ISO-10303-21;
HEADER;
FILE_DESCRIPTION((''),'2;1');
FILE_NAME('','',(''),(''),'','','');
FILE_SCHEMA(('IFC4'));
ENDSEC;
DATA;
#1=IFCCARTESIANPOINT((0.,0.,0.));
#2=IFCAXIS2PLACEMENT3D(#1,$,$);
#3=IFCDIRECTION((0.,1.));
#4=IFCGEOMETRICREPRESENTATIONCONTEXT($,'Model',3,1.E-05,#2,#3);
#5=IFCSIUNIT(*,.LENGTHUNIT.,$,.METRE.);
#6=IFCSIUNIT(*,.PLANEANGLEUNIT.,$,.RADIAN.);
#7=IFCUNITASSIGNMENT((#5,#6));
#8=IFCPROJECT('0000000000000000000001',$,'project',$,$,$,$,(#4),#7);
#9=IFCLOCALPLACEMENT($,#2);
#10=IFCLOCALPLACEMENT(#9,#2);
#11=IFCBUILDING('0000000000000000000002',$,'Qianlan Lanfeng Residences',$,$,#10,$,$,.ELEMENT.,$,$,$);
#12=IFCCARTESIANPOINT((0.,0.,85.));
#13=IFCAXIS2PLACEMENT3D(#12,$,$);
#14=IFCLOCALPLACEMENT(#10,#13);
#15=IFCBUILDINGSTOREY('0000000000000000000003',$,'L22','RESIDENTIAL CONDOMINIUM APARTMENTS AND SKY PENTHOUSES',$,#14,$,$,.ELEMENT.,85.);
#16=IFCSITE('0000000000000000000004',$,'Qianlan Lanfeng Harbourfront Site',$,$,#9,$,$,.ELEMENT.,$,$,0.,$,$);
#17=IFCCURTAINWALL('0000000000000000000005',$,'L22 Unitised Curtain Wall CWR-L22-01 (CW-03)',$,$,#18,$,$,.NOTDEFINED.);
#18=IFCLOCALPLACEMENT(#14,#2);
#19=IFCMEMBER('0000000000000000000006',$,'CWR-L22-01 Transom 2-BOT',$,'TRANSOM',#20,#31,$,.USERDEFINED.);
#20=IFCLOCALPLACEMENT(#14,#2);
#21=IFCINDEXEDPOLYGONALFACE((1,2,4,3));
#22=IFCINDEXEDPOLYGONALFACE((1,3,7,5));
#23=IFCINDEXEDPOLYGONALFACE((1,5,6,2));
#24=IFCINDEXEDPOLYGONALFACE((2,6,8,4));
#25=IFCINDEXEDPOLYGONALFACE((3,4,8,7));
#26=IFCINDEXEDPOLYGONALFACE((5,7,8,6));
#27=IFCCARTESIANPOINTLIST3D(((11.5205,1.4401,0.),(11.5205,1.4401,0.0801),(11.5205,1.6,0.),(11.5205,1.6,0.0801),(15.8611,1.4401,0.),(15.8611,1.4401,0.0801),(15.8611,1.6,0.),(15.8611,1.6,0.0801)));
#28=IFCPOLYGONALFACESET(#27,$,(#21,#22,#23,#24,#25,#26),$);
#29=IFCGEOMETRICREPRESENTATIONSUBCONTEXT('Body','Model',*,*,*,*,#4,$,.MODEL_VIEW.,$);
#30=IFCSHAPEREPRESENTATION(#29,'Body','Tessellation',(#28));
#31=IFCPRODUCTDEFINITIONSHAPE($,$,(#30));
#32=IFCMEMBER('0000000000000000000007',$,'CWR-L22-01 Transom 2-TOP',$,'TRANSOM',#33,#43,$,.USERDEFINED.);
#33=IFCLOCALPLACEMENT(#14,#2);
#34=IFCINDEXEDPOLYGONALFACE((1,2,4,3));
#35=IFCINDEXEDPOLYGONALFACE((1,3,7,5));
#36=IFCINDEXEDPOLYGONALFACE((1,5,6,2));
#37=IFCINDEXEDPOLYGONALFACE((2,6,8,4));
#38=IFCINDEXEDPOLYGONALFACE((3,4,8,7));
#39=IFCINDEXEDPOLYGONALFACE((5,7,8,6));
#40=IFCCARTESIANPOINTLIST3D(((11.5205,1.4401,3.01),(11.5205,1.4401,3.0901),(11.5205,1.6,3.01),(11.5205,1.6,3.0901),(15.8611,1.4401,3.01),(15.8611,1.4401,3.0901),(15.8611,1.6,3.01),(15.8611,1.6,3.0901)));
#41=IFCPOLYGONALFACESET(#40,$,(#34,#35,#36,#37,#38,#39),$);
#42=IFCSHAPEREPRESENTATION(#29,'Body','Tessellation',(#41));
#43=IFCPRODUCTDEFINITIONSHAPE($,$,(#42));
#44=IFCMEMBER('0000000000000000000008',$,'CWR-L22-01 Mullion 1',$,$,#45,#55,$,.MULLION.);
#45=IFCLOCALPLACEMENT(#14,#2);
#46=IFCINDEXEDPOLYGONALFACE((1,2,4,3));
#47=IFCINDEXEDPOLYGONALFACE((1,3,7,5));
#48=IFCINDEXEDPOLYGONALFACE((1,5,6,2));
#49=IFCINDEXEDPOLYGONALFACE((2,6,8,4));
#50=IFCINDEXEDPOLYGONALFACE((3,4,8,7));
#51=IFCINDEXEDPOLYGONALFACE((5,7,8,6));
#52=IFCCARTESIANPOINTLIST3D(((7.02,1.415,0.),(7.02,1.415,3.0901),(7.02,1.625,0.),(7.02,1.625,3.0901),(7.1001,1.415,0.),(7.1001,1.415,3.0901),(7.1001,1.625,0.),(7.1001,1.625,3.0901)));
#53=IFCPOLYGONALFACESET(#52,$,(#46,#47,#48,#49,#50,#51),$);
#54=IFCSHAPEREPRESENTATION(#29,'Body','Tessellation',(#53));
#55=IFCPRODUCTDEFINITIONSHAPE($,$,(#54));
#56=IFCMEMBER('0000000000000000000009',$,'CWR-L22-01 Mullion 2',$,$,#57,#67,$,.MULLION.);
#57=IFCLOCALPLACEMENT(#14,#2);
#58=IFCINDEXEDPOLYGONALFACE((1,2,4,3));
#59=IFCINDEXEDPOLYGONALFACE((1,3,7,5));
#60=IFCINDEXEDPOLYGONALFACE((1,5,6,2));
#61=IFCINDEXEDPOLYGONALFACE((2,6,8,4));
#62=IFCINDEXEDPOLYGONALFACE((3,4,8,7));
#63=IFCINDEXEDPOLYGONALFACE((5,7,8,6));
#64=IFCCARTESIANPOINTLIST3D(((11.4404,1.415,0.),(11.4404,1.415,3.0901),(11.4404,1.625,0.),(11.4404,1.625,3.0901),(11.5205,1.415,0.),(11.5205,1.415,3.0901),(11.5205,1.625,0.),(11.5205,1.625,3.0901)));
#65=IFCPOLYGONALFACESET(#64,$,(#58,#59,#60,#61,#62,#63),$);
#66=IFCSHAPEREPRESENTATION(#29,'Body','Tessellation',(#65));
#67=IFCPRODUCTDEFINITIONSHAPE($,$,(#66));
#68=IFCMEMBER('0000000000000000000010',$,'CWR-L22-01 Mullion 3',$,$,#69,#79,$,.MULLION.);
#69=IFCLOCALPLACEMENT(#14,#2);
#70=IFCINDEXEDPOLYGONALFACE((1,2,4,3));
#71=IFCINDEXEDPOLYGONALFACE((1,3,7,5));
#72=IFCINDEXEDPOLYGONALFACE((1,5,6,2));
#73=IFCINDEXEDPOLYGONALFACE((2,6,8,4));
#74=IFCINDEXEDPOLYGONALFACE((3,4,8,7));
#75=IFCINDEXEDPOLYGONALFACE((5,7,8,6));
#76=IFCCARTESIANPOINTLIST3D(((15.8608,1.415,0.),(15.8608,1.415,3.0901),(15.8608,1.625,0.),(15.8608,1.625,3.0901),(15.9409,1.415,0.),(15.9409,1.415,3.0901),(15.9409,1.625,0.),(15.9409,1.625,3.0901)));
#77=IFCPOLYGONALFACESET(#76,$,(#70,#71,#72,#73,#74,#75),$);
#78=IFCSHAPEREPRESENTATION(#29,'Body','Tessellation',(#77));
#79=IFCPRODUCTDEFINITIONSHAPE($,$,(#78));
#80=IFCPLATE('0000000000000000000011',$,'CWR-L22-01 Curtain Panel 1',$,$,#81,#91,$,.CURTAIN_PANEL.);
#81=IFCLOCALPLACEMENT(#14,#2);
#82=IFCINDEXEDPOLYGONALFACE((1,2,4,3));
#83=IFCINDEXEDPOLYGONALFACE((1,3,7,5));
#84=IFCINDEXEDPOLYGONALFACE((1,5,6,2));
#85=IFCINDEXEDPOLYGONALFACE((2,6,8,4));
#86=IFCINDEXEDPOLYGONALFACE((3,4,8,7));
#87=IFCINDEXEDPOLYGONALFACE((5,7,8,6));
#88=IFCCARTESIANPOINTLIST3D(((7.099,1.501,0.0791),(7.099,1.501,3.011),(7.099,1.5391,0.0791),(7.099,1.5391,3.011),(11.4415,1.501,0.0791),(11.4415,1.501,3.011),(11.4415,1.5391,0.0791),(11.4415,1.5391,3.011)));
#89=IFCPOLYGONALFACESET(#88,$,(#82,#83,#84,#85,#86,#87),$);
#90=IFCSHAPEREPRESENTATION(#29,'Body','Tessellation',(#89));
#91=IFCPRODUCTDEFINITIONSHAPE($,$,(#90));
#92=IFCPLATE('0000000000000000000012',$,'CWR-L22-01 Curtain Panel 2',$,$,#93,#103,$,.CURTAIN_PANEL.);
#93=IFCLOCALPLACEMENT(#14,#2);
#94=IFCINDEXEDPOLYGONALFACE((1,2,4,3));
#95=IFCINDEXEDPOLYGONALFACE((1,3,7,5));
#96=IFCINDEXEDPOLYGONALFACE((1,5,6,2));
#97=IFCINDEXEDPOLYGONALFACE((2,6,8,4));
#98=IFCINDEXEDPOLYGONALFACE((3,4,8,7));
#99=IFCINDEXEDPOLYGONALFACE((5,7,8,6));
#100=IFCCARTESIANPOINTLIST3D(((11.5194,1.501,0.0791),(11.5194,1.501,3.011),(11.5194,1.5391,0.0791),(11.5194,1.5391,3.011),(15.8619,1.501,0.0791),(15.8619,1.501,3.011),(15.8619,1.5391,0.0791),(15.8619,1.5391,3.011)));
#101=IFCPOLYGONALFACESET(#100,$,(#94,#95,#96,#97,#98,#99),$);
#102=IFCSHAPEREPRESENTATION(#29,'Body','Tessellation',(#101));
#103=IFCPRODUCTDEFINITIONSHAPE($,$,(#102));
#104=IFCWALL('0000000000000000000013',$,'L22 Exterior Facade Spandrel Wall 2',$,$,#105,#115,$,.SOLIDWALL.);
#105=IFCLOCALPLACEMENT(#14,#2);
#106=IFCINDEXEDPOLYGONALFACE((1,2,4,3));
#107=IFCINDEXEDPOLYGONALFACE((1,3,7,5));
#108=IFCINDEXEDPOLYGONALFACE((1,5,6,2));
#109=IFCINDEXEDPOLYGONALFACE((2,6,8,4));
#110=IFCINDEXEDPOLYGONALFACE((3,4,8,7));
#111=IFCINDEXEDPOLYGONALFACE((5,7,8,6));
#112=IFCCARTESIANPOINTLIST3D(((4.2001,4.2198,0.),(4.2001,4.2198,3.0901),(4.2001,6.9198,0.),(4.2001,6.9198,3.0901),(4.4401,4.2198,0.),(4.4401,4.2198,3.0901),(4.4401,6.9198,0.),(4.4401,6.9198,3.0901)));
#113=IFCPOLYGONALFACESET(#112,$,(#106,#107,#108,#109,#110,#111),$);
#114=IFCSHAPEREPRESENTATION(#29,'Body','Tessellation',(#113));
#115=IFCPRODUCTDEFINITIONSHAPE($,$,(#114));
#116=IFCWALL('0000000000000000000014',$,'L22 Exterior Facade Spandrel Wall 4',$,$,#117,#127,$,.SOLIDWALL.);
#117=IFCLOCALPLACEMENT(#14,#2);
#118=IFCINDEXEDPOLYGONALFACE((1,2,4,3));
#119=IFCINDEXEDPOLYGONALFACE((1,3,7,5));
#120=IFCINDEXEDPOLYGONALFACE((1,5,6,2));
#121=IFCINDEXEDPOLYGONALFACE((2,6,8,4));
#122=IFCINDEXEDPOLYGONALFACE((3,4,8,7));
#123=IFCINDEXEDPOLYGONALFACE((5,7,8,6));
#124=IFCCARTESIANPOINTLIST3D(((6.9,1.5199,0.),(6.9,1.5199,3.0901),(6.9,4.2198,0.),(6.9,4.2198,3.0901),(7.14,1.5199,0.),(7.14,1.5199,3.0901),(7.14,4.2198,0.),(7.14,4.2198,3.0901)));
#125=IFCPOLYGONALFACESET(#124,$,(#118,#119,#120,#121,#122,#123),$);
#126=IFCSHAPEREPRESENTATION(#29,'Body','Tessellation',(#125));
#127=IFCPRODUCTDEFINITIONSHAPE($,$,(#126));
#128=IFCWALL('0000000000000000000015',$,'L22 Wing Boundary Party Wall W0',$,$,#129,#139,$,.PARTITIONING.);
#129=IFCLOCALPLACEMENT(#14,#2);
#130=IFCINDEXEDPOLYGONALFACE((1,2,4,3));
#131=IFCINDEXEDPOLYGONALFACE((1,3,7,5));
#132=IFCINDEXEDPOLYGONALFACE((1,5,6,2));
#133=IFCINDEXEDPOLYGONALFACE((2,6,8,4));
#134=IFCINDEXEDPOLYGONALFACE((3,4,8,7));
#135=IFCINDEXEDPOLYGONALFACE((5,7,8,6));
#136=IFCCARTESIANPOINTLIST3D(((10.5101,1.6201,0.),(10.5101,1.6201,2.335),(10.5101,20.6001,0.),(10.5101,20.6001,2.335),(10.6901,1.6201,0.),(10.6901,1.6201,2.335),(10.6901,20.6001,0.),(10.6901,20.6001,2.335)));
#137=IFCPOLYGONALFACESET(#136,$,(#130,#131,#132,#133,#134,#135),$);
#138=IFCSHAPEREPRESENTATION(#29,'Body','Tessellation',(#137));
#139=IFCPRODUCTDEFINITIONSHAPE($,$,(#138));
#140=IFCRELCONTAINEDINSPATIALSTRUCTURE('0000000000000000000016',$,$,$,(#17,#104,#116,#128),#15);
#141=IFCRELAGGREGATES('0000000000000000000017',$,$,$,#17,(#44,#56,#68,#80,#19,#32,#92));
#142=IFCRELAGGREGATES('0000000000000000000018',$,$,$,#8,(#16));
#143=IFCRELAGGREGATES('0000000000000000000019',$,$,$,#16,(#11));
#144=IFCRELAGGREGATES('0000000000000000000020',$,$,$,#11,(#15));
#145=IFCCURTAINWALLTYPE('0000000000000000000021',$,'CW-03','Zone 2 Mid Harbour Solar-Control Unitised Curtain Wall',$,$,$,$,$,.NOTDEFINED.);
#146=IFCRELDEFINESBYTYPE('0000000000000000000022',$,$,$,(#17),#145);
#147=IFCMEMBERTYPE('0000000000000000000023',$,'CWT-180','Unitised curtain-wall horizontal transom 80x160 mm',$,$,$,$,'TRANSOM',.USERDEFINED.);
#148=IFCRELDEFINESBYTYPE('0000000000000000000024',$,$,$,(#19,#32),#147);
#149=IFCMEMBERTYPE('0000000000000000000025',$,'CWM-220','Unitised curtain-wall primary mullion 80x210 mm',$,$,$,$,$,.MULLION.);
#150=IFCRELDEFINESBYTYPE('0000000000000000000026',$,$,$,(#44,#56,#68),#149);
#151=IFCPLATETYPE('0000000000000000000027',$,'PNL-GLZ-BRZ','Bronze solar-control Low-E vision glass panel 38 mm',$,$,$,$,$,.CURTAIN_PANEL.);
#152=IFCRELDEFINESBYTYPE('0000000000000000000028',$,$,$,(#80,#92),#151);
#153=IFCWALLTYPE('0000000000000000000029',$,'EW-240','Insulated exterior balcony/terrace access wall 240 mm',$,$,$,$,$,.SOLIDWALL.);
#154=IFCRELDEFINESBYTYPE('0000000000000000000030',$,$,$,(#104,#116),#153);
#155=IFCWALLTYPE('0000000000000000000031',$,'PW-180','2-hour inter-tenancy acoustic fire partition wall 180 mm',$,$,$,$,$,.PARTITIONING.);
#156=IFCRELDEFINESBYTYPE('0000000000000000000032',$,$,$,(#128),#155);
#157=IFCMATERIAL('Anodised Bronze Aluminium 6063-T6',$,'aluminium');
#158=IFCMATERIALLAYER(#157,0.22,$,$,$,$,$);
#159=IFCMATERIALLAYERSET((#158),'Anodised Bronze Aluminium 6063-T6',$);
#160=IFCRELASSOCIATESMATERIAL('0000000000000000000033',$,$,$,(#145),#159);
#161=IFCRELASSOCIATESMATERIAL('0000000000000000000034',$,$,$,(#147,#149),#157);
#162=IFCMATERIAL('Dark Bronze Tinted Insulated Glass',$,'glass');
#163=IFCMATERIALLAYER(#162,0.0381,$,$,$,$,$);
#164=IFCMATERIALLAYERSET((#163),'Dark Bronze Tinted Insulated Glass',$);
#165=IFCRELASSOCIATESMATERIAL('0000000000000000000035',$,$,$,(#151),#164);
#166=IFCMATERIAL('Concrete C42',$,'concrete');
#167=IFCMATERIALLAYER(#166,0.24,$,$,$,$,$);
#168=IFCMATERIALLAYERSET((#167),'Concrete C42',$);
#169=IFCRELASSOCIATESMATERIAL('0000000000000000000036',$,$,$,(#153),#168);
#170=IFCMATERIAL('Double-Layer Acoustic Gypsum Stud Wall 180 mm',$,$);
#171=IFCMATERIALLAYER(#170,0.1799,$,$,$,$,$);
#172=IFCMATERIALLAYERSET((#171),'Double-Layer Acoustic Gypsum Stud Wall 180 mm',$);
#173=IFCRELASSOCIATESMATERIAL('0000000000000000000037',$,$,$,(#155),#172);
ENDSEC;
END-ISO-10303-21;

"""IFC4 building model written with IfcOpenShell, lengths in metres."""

from ifc_helpers import new_model, si_unit, direction, frame, frame_2d, origin, origin_2d, place, context, subcontext, project, spatial, rectangle, extrude, source, transform, mapped, material, layer, layer_set, material_profile, profile_set, type_object, element, aggregate, save


model = new_model("IFC4")

# Units and contexts
model_context = context("Model", 3, precision=1e-05, world=origin(), true_north=direction((0.0, 1.0)))
body_context = subcontext(model_context, "Body", "Model", "MODEL_VIEW")
ifc_project = project(units=[si_unit("LENGTHUNIT", "METRE"), si_unit("PLANEANGLEUNIT", "RADIAN")], contexts=[model_context])

# Site, building, storey
site_placement = place(None, origin())
site = spatial("IfcSite", under=ifc_project, at=site_placement, Name="Qianlan Lanfeng Harbourfront Site", CompositionType="ELEMENT", RefElevation=0.0)
building_placement = place(site_placement, origin())
building = spatial("IfcBuilding", under=site, at=building_placement, Name="Qianlan Lanfeng Residences", CompositionType="ELEMENT")
storey_placement = place(building_placement, frame((0.0, 0.0, 85.0)))
storey = spatial("IfcBuildingStorey", under=building, at=storey_placement, Name="L22", Description="RESIDENTIAL CONDOMINIUM APARTMENTS AND SKY PENTHOUSES", CompositionType="ELEMENT", Elevation=85.0)

# Curtain wall, members, plates
ifc_material_1 = material(Name="Anodised Bronze Aluminium 6063-T6", Category="aluminium")
ifc_layer_1 = layer(ifc_material_1, 0.22)
ifc_layer_set_1 = layer_set([ifc_layer_1], Name="Anodised Bronze Aluminium 6063-T6")
curtain_wall_type = type_object("IfcCurtainWallType", Name="CW-03", Description="Zone 2 Mid Harbour Solar-Control Unitised Curtain Wall", PredefinedType="NOTDEFINED", material=ifc_layer_set_1)
curtain_wall_placement = place(storey_placement, origin())
curtain_wall = element("IfcCurtainWall", 1, at=curtain_wall_placement, inside=storey, type_object=curtain_wall_type, Name="L22 Unitised Curtain Wall CWR-L22-01 (CW-03)", PredefinedType="NOTDEFINED")
ifc_material_profile_1 = material_profile(ifc_material_1, rectangle(XDim=0.0801, YDim=0.1599, at=origin_2d()), Name="ALU TRANSOM 80x160")
ifc_profile_set_1 = profile_set([ifc_material_profile_1], Name="Anodised Bronze Aluminium 6063-T6")
member_type_1 = type_object("IfcMemberType", Name="CWT-180", Description="Unitised curtain-wall horizontal transom 80x160 mm", ElementType="TRANSOM", PredefinedType="USERDEFINED", material=ifc_profile_set_1)
shared_shape_1 = source(origin(), body_context, "Body", "SweptSolid", [
    extrude(rectangle(XDim=0.0801, YDim=0.1599, at=origin_2d()), origin(), (0.0, 0.0, 1.0), 4.3406),
])
member_1_placement = place(storey_placement, frame((11.5205, 1.52, 0.04), z_axis=(1.0, 0.0, 0.0), x_axis=(0.0, 0.0, 1.0)))
member_1 = element("IfcMember", 2, at=member_1_placement, type_object=member_type_1, Name="CWR-L22-01 Transom 2-BOT", ObjectType="TRANSOM", PredefinedType="USERDEFINED", context=body_context, shape_type="MappedRepresentation", body=[
    mapped(shared_shape_1, transform((0.0, 0.0, 0.0), scale=1.0)),
])
member_2_placement = place(storey_placement, frame((11.5205, 1.52, 3.05), z_axis=(1.0, 0.0, 0.0), x_axis=(0.0, 0.0, 1.0)))
member_2 = element("IfcMember", 3, at=member_2_placement, type_object=member_type_1, Name="CWR-L22-01 Transom 2-TOP", ObjectType="TRANSOM", PredefinedType="USERDEFINED", context=body_context, shape_type="MappedRepresentation", body=[
    mapped(shared_shape_1, transform((0.0, 0.0, 0.0), scale=1.0)),
])
ifc_material_profile_2 = material_profile(ifc_material_1, rectangle(XDim=0.0801, YDim=0.21, at=origin_2d()), Name="ALU MULLION 80x210")
ifc_profile_set_2 = profile_set([ifc_material_profile_2], Name="Anodised Bronze Aluminium 6063-T6")
member_type_2 = type_object("IfcMemberType", Name="CWM-220", Description="Unitised curtain-wall primary mullion 80x210 mm", PredefinedType="MULLION", material=ifc_profile_set_2)
shared_shape_2 = source(origin(), body_context, "Body", "SweptSolid", [
    extrude(rectangle(XDim=0.0801, YDim=0.21, at=origin_2d()), origin(), (0.0, 0.0, 1.0), 3.0901),
])
member_3_placement = place(storey_placement, frame((7.0601, 1.52, 0.0), z_axis=(0.0, 0.0, 1.0), x_axis=(1.0, 0.0, 0.0)))
member_3 = element("IfcMember", 4, at=member_3_placement, type_object=member_type_2, Name="CWR-L22-01 Mullion 1", PredefinedType="MULLION", context=body_context, shape_type="MappedRepresentation", body=[
    mapped(shared_shape_2, transform((0.0, 0.0, 0.0), scale=1.0)),
])
member_4_placement = place(storey_placement, frame((11.4805, 1.52, 0.0), z_axis=(0.0, 0.0, 1.0), x_axis=(1.0, 0.0, 0.0)))
member_4 = element("IfcMember", 5, at=member_4_placement, type_object=member_type_2, Name="CWR-L22-01 Mullion 2", PredefinedType="MULLION", context=body_context, shape_type="MappedRepresentation", body=[
    mapped(shared_shape_2, transform((0.0, 0.0, 0.0), scale=1.0)),
])
member_5_placement = place(storey_placement, frame((15.9009, 1.52, 0.0), z_axis=(0.0, 0.0, 1.0), x_axis=(1.0, 0.0, 0.0)))
member_5 = element("IfcMember", 6, at=member_5_placement, type_object=member_type_2, Name="CWR-L22-01 Mullion 3", PredefinedType="MULLION", context=body_context, shape_type="MappedRepresentation", body=[
    mapped(shared_shape_2, transform((0.0, 0.0, 0.0), scale=1.0)),
])
ifc_material_2 = material(Name="Dark Bronze Tinted Insulated Glass", Category="glass")
ifc_layer_2 = layer(ifc_material_2, 0.0381)
ifc_layer_set_2 = layer_set([ifc_layer_2], Name="Dark Bronze Tinted Insulated Glass")
plate_type = type_object("IfcPlateType", Name="PNL-GLZ-BRZ", Description="Bronze solar-control Low-E vision glass panel 38 mm", PredefinedType="CURTAIN_PANEL", material=ifc_layer_set_2)
shared_shape_3 = source(origin(), body_context, "Body", "SweptSolid", [
    extrude(rectangle(XDim=4.3425, YDim=0.0381, at=origin_2d()), origin(), (0.0, 0.0, 1.0), 2.9319),
])
plate_1_placement = place(storey_placement, frame((9.2703, 1.52, 0.0791), z_axis=(0.0, 0.0, 1.0), x_axis=(1.0, 0.0, 0.0)))
plate_1 = element("IfcPlate", 7, at=plate_1_placement, type_object=plate_type, Name="CWR-L22-01 Curtain Panel 1", PredefinedType="CURTAIN_PANEL", context=body_context, shape_type="MappedRepresentation", body=[
    mapped(shared_shape_3, transform((0.0, 0.0, 0.0), scale=1.0)),
])
plate_2_placement = place(storey_placement, frame((13.6907, 1.52, 0.0791), z_axis=(0.0, 0.0, 1.0), x_axis=(1.0, 0.0, 0.0)))
plate_2 = element("IfcPlate", 8, at=plate_2_placement, type_object=plate_type, Name="CWR-L22-01 Curtain Panel 2", PredefinedType="CURTAIN_PANEL", context=body_context, shape_type="MappedRepresentation", body=[
    mapped(shared_shape_3, transform((0.0, 0.0, 0.0), scale=1.0)),
])
aggregate(curtain_wall, [member_3, member_4, member_5, plate_1, member_1, member_2, plate_2])

# Walls
ifc_material_3 = material(Name="Concrete C42", Category="concrete")
ifc_layer_3 = layer(ifc_material_3, 0.24)
ifc_layer_set_3 = layer_set([ifc_layer_3], Name="Concrete C42")
wall_type_1 = type_object("IfcWallType", Name="EW-240", Description="Insulated exterior balcony/terrace access wall 240 mm", PredefinedType="SOLIDWALL", material=ifc_layer_set_3)
for number, where, z_axis, x_axis, name in (
    (9, (4.3201, 6.9199, 0.0), (0.0, 0.0, 1.0), (0.0, -1.0, 0.0), "L22 Exterior Facade Spandrel Wall 2"),
    (10, (7.02, 4.22, 0.0), (0.0, 0.0, 1.0), (0.0, -1.0, 0.0), "L22 Exterior Facade Spandrel Wall 4"),
):
    element("IfcWall", number, at=place(storey_placement, frame(where, z_axis=z_axis, x_axis=x_axis)), inside=storey, type_object=wall_type_1, Name=name, PredefinedType="SOLIDWALL", context=body_context, shape_type="SweptSolid", body=[
        extrude(rectangle(XDim=2.7, YDim=0.24, at=frame_2d((1.3501, 0.0))), origin(), (0.0, 0.0, 1.0), 3.0901),
    ])
ifc_material_4 = material(Name="Double-Layer Acoustic Gypsum Stud Wall 180 mm")
ifc_layer_4 = layer(ifc_material_4, 0.1799)
ifc_layer_set_4 = layer_set([ifc_layer_4], Name="Double-Layer Acoustic Gypsum Stud Wall 180 mm")
wall_type_2 = type_object("IfcWallType", Name="PW-180", Description="2-hour inter-tenancy acoustic fire partition wall 180 mm", PredefinedType="PARTITIONING", material=ifc_layer_set_4)
wall_placement = place(storey_placement, frame((10.6001, 1.6201, 0.0), z_axis=(0.0, 0.0, 1.0), x_axis=(0.0, 1.0, 0.0)))
element("IfcWall", 11, at=wall_placement, inside=storey, type_object=wall_type_2, Name="L22 Wing Boundary Party Wall W0", PredefinedType="PARTITIONING", context=body_context, shape_type="SweptSolid", body=[
    extrude(rectangle(XDim=18.98, YDim=0.1799, at=frame_2d((9.49, 0.0))), origin(), (0.0, 0.0, 1.0), 2.335),
])

save(model, "model.ifc")
